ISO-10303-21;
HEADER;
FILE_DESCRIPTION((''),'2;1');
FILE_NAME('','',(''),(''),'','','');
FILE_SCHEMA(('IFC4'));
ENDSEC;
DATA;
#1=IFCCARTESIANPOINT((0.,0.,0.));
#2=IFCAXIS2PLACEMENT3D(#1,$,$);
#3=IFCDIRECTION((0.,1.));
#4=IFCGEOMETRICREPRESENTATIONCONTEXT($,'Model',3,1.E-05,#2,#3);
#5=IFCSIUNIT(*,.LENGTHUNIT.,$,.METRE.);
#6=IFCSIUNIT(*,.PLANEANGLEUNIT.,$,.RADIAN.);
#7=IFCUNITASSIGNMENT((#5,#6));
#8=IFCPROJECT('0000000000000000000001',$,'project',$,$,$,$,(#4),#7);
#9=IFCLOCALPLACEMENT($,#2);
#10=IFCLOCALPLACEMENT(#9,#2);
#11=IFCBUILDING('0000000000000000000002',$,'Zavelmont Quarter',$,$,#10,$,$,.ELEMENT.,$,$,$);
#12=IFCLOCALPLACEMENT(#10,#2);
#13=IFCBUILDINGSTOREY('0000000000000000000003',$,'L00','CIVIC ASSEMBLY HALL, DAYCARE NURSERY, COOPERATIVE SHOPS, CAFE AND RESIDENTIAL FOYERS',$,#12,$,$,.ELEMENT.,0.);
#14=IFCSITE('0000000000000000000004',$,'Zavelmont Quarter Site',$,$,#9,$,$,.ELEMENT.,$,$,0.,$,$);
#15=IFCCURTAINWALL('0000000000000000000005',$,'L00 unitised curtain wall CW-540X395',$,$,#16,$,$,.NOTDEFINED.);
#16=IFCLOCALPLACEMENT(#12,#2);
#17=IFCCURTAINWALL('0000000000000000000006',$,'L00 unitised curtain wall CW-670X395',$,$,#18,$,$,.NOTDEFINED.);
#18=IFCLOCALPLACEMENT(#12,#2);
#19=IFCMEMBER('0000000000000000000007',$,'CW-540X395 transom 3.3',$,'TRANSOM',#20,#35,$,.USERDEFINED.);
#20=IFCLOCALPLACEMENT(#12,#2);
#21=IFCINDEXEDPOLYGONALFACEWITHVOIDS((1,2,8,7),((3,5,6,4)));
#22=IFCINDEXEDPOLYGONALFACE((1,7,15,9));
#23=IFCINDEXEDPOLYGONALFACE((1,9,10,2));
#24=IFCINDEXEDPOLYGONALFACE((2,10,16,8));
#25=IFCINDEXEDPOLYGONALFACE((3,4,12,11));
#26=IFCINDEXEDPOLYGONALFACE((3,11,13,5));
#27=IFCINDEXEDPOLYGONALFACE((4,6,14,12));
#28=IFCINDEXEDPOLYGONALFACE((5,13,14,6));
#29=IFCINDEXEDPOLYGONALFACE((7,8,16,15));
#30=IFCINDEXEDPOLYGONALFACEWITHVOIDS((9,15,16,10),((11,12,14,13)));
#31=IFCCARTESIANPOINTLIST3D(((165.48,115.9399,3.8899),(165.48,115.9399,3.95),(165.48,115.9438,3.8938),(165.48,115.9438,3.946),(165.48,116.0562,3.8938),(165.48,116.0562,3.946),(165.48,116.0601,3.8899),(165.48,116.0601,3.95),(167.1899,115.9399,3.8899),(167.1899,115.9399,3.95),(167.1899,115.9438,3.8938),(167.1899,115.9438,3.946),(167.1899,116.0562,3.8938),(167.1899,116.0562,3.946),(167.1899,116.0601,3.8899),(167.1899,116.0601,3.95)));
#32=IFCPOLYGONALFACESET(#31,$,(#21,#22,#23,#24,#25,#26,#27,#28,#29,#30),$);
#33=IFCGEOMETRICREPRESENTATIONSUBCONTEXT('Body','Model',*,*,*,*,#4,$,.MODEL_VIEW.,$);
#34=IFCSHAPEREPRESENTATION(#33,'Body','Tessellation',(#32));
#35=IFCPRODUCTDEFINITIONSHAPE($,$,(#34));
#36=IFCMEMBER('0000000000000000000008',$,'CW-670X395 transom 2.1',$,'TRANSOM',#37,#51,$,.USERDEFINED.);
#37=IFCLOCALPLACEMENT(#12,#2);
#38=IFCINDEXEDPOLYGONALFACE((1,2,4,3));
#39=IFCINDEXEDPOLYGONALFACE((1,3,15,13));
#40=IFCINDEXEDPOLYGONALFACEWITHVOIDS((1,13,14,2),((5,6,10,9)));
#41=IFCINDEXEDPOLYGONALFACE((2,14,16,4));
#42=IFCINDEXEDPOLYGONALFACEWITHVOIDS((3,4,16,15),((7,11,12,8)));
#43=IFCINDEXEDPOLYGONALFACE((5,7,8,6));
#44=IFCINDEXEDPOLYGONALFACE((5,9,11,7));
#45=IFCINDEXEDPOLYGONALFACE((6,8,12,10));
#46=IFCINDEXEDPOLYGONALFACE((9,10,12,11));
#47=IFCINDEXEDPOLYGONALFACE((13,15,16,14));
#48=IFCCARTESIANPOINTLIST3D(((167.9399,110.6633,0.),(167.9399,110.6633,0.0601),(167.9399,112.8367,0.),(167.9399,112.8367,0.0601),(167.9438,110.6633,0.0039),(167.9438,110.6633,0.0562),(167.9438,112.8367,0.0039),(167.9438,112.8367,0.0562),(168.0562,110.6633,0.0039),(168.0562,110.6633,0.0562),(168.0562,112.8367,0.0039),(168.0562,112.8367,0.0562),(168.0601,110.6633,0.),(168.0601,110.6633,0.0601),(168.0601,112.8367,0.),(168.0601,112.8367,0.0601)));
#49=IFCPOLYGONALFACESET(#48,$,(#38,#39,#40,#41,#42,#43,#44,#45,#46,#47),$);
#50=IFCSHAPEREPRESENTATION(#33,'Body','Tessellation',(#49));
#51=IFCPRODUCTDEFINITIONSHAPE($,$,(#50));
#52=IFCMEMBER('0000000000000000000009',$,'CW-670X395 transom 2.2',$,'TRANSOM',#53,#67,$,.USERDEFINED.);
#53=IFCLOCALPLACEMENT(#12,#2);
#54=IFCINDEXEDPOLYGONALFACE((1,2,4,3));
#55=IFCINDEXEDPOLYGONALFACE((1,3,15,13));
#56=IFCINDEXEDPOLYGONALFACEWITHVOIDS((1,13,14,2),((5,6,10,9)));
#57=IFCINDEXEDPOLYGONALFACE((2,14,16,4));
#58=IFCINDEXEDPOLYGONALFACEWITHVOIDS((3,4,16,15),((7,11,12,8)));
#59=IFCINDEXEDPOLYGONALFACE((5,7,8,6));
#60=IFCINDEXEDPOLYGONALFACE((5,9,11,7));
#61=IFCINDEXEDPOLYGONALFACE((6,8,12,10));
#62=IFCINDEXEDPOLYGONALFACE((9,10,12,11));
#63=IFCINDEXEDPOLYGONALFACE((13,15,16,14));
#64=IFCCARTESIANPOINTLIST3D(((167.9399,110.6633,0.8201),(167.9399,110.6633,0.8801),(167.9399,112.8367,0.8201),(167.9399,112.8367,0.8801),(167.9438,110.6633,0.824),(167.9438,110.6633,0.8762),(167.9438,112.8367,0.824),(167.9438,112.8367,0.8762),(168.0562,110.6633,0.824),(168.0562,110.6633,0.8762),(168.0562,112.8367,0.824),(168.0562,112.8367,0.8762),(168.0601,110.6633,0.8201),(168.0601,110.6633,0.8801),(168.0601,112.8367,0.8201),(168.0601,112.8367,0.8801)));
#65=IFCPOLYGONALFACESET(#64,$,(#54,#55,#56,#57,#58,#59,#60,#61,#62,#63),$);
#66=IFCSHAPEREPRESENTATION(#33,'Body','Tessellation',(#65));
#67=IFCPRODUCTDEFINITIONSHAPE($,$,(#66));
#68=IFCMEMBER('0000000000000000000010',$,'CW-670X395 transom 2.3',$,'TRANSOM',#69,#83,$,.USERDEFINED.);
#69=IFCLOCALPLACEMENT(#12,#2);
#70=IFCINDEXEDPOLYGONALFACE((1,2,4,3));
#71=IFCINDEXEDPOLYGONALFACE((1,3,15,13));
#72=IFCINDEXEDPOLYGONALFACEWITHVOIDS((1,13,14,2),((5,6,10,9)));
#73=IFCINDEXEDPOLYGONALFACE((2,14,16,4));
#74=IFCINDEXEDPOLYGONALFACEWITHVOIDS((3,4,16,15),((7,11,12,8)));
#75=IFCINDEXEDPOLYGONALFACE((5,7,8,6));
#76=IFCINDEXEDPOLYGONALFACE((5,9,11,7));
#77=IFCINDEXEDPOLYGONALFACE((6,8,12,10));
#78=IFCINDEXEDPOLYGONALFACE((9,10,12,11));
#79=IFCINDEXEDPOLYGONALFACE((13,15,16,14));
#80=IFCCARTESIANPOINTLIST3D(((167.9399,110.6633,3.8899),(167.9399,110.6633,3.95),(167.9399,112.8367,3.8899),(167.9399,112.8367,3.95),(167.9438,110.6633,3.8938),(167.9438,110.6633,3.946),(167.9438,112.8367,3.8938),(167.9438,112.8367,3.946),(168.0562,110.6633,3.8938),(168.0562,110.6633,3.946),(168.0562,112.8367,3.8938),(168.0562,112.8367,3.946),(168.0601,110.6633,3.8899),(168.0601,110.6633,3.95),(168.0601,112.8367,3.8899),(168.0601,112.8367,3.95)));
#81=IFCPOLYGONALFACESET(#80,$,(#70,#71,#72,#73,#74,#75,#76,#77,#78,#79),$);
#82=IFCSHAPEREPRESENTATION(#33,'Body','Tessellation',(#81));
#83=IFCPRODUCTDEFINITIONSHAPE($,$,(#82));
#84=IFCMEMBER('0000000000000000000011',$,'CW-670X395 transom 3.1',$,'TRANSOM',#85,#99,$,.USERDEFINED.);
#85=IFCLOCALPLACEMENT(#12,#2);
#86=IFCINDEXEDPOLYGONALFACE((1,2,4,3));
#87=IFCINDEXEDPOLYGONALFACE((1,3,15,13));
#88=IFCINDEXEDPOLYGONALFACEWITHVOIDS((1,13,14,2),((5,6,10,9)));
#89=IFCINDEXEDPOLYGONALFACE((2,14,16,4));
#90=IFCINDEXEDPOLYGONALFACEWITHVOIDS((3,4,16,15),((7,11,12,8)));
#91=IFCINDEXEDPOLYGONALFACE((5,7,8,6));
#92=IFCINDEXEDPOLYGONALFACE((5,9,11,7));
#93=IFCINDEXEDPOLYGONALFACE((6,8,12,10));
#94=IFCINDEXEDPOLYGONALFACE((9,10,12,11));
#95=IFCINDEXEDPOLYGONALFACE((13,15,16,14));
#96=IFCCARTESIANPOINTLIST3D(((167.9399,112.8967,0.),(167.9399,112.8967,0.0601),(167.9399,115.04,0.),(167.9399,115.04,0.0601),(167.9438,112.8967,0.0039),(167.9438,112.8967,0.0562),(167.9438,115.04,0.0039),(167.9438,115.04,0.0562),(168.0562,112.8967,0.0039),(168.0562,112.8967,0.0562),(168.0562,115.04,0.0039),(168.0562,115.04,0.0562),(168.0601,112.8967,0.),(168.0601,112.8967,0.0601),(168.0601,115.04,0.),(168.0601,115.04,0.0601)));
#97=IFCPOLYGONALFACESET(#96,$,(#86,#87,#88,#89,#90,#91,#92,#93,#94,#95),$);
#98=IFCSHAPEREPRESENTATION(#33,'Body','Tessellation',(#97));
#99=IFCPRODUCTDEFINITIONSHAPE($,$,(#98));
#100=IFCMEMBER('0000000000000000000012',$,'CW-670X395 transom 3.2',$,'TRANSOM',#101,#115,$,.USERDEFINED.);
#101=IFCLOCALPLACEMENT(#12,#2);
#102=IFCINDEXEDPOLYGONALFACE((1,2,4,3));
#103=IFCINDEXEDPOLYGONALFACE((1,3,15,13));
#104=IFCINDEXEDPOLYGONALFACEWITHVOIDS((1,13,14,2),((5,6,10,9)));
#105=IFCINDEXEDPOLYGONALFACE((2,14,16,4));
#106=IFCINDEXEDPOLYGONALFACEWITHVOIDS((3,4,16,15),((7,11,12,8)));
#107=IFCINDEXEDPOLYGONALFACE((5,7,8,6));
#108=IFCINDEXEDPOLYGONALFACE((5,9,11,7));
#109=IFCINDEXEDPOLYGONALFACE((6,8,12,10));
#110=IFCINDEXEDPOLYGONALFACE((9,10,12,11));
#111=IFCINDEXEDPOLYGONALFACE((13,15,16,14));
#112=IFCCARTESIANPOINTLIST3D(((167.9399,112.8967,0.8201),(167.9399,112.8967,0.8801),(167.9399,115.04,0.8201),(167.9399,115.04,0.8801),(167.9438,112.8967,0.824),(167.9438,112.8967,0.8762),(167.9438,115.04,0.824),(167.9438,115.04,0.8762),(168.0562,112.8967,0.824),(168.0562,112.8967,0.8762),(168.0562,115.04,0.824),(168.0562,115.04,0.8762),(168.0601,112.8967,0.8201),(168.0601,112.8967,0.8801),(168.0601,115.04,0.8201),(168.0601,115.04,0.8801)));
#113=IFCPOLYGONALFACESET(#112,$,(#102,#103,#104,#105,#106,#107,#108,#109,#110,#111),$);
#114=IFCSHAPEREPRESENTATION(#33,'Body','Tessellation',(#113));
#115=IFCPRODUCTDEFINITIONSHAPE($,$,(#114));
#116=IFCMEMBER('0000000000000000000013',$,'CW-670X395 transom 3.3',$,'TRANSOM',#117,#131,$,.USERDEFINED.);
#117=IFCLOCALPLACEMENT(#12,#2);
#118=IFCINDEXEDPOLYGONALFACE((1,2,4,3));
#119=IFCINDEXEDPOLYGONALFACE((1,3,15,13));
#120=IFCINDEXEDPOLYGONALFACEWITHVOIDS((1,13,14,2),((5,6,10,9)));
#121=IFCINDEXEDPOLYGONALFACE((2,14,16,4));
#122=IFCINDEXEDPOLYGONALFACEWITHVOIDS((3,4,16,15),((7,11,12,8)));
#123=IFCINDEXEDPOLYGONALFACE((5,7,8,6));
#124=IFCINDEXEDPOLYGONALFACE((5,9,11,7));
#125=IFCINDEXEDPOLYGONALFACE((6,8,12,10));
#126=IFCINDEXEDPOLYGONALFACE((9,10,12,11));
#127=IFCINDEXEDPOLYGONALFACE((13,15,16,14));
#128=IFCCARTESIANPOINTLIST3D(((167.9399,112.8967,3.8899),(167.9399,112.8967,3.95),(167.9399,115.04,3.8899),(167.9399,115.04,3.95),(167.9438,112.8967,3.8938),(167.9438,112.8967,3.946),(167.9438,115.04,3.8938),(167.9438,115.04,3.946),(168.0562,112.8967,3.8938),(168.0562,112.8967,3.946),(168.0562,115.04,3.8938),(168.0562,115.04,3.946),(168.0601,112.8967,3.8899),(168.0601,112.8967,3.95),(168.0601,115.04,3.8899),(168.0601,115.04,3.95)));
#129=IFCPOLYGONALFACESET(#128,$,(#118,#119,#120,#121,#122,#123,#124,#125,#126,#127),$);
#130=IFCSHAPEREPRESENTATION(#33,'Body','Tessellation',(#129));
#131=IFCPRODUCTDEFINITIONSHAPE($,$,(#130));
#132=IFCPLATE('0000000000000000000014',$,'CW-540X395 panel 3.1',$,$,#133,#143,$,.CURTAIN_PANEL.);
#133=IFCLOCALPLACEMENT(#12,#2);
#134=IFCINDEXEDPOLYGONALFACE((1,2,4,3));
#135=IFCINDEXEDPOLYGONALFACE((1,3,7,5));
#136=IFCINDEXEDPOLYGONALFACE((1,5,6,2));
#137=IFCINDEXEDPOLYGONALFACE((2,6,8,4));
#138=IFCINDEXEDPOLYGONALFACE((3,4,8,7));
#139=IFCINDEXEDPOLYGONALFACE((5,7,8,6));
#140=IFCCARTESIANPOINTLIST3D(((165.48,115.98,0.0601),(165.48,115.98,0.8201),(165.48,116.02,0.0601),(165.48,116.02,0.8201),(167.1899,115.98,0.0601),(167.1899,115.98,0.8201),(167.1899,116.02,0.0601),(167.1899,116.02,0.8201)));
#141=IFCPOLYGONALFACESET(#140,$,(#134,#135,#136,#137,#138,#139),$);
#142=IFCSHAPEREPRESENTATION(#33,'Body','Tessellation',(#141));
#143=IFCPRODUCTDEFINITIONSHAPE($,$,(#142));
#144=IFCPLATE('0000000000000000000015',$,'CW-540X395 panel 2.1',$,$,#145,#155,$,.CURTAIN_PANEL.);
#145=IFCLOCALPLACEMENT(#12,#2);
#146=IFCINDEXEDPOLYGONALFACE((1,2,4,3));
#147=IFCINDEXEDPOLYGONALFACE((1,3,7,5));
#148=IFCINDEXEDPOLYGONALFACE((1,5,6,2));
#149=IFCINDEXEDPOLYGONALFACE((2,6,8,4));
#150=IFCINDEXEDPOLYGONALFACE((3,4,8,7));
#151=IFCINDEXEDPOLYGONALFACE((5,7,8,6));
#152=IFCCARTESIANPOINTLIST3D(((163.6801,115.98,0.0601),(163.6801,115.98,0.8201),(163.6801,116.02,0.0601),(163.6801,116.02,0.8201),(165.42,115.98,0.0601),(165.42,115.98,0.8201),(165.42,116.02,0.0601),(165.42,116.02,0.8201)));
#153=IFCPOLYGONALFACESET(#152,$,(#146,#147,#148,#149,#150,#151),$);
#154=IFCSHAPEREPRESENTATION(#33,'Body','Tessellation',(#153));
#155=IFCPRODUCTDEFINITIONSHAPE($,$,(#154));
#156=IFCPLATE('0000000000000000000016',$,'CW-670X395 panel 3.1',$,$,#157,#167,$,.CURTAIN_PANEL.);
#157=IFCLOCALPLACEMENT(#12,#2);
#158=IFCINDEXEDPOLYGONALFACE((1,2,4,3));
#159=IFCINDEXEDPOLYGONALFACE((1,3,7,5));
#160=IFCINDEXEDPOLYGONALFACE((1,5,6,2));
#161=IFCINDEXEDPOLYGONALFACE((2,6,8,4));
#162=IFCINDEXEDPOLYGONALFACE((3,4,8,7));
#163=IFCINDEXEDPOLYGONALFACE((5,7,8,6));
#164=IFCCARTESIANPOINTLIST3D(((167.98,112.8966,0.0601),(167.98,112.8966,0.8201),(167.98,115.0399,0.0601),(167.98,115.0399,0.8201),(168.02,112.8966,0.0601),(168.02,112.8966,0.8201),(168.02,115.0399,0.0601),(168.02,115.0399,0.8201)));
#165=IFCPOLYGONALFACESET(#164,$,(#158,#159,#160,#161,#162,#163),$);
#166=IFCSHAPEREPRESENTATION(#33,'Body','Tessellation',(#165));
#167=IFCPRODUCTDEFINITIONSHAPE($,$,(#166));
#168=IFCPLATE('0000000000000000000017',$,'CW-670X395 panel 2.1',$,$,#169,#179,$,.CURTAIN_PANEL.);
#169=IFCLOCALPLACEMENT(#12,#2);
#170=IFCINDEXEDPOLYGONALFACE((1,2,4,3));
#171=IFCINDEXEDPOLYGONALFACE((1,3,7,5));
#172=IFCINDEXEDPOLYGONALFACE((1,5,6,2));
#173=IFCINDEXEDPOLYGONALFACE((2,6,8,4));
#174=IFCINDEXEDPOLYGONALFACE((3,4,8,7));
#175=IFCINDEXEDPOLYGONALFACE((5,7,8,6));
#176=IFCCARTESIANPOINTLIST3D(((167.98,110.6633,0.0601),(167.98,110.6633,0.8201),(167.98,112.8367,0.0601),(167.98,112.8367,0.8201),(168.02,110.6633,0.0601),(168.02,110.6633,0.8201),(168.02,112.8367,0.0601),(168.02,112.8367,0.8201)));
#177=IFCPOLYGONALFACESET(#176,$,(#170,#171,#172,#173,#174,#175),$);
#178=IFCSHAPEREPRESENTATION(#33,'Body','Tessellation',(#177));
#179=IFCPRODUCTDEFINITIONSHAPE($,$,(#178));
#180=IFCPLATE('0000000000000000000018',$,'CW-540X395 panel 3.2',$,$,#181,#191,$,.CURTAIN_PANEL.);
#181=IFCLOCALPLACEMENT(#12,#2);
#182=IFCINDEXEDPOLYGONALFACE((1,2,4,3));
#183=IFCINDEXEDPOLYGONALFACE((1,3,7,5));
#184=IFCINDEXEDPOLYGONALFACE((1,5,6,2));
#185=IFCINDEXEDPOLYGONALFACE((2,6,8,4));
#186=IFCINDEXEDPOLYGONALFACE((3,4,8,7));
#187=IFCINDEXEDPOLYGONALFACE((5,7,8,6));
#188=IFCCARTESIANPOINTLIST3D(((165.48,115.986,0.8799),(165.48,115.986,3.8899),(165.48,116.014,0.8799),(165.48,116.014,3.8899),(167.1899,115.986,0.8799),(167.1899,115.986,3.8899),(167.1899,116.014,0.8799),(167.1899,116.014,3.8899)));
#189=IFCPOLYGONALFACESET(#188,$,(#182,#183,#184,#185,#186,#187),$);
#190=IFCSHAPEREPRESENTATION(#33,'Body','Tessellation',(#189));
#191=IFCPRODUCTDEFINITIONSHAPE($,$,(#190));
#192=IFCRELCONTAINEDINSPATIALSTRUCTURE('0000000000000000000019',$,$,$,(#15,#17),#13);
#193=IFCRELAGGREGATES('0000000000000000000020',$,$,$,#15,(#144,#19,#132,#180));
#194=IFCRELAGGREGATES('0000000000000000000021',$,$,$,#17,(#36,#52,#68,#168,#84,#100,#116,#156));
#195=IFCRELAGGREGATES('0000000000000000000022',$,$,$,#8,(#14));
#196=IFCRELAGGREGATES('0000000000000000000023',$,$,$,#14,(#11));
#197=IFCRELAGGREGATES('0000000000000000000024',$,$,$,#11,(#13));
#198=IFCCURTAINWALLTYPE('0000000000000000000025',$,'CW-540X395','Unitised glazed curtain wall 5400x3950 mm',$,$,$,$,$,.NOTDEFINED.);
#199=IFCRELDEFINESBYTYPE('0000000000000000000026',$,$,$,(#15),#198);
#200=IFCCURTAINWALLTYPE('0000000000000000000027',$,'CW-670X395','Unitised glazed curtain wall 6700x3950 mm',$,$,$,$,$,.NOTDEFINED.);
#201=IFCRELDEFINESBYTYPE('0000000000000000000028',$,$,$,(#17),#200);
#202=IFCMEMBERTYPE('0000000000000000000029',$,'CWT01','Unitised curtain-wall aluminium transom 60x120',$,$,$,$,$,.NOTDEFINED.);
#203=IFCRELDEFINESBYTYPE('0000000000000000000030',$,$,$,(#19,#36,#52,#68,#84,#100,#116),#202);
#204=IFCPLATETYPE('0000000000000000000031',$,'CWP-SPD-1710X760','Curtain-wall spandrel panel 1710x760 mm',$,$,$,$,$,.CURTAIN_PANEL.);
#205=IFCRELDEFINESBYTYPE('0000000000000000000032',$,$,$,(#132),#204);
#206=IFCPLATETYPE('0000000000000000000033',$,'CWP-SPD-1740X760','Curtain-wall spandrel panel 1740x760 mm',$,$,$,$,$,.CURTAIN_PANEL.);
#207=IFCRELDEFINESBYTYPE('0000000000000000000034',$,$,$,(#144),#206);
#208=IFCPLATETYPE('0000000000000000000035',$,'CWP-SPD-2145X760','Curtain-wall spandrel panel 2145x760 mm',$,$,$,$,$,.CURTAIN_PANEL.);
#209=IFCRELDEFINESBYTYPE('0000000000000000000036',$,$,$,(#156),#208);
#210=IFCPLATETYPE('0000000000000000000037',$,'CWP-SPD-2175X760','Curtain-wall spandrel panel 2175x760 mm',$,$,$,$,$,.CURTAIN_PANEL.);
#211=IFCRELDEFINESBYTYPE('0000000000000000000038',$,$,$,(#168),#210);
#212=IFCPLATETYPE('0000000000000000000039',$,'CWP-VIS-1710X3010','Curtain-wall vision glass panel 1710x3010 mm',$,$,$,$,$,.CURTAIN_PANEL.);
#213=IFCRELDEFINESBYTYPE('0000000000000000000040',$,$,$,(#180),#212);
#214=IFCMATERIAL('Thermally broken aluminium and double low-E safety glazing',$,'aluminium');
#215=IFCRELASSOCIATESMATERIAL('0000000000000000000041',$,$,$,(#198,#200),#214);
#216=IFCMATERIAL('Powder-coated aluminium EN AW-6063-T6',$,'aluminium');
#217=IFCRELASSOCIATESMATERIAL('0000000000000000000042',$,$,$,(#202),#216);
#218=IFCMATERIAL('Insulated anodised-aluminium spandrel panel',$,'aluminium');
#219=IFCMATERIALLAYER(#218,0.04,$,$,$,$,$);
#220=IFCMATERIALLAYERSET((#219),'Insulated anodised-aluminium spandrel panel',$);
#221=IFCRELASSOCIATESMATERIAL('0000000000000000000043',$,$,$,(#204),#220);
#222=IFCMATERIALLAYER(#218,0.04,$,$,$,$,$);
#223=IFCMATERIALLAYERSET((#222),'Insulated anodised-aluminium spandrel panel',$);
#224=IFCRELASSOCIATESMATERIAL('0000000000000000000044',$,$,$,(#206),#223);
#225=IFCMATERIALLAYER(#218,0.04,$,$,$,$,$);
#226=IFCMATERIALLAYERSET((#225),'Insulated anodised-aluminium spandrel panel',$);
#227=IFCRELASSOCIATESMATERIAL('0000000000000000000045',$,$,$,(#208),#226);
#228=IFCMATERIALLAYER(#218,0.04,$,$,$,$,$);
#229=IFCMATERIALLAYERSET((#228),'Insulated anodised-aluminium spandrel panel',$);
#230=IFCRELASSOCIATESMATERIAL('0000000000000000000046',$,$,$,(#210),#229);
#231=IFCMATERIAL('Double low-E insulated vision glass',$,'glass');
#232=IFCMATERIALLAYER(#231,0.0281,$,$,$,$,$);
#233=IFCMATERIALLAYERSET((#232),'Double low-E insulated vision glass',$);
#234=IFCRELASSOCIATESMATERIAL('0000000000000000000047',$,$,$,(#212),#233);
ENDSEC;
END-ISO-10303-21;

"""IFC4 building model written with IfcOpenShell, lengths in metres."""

from ifc_helpers import new_model, si_unit, direction, frame, origin, origin_2d, place, context, subcontext, project, spatial, rectangle, hollow_rectangle, extrude, material, layer, layer_set, material_profile, profile_set, type_object, element, aggregate, save


model = new_model("IFC4")

# Units and contexts
model_context = context("Model", 3, precision=1e-05, world=origin(), true_north=direction((0.0, 1.0)))
body_context = subcontext(model_context, "Body", "Model", "MODEL_VIEW")
ifc_project = project(units=[si_unit("LENGTHUNIT", "METRE"), si_unit("PLANEANGLEUNIT", "RADIAN")], contexts=[model_context])

# Site, building, storey
site_placement = place(None, origin())
site = spatial("IfcSite", under=ifc_project, at=site_placement, Name="Zavelmont Quarter Site", CompositionType="ELEMENT", RefElevation=0.0)
building_placement = place(site_placement, origin())
building = spatial("IfcBuilding", under=site, at=building_placement, Name="Zavelmont Quarter", CompositionType="ELEMENT")
storey_placement = place(building_placement, origin())
storey = spatial("IfcBuildingStorey", under=building, at=storey_placement, Name="L00", Description="CIVIC ASSEMBLY HALL, DAYCARE NURSERY, COOPERATIVE SHOPS, CAFE AND RESIDENTIAL FOYERS", CompositionType="ELEMENT", Elevation=0.0)

# Curtain walls
ifc_material_1 = material(Name="Thermally broken aluminium and double low-E safety glazing", Category="aluminium")
curtain_wall_type_1 = type_object("IfcCurtainWallType", Name="CW-540X395", Description="Unitised glazed curtain wall 5400x3950 mm", PredefinedType="NOTDEFINED", material=ifc_material_1)
curtain_wall_1_placement = place(storey_placement, origin())
curtain_wall_1 = element("IfcCurtainWall", 1, at=curtain_wall_1_placement, inside=storey, type_object=curtain_wall_type_1, Name="L00 unitised curtain wall CW-540X395", PredefinedType="NOTDEFINED")
ifc_material_2 = material(Name="Powder-coated aluminium EN AW-6063-T6", Category="aluminium")
curtain_wall_type_2 = type_object("IfcCurtainWallType", Name="CW-670X395", Description="Unitised glazed curtain wall 6700x3950 mm", PredefinedType="NOTDEFINED", material=ifc_material_1)
curtain_wall_2_placement = place(storey_placement, origin())
curtain_wall_2 = element("IfcCurtainWall", 2, at=curtain_wall_2_placement, inside=storey, type_object=curtain_wall_type_2, Name="L00 unitised curtain wall CW-670X395", PredefinedType="NOTDEFINED")

# Members
ifc_material_profile_1 = material_profile(ifc_material_2, hollow_rectangle(XDim=0.1201, YDim=0.0601, WallThickness=0.0039, at=origin_2d()), Name="CWT60X120")
ifc_profile_set_1 = profile_set([ifc_material_profile_1], Name="Powder-coated aluminium EN AW-6063-T6")
member_type_1 = type_object("IfcMemberType", Name="CWT01", Description="Unitised curtain-wall aluminium transom 60x120", PredefinedType="NOTDEFINED", material=ifc_profile_set_1)
member_1_placement = place(storey_placement, frame((165.48, 116.0, 3.9199), z_axis=(1.0, 0.0, 0.0), x_axis=(0.0, 1.0, 0.0)))
member_1 = element("IfcMember", 3, at=member_1_placement, type_object=member_type_1, Name="CW-540X395 transom 3.3", ObjectType="TRANSOM", PredefinedType="USERDEFINED", context=body_context, shape_type="SweptSolid", body=[
    extrude(hollow_rectangle(XDim=0.1201, YDim=0.0601, WallThickness=0.0039, at=origin_2d()), origin(), (0.0, 0.0, 1.0), 1.71),
])
member_2_placement = place(storey_placement, frame((168.0, 110.6633, 0.03), z_axis=(0.0, 1.0, 0.0), x_axis=(-1.0, 0.0, 0.0)))
member_2 = element("IfcMember", 4, at=member_2_placement, type_object=member_type_1, Name="CW-670X395 transom 2.1", ObjectType="TRANSOM", PredefinedType="USERDEFINED", context=body_context, shape_type="SweptSolid", body=[
    extrude(hollow_rectangle(XDim=0.1201, YDim=0.0601, WallThickness=0.0039, at=origin_2d()), origin(), (0.0, 0.0, 1.0), 2.1733),
])
member_3_placement = place(storey_placement, frame((168.0, 110.6633, 0.8501), z_axis=(0.0, 1.0, 0.0), x_axis=(-1.0, 0.0, 0.0)))
member_3 = element("IfcMember", 5, at=member_3_placement, type_object=member_type_1, Name="CW-670X395 transom 2.2", ObjectType="TRANSOM", PredefinedType="USERDEFINED", context=body_context, shape_type="SweptSolid", body=[
    extrude(hollow_rectangle(XDim=0.1201, YDim=0.0601, WallThickness=0.0039, at=origin_2d()), origin(), (0.0, 0.0, 1.0), 2.1733),
])
member_4_placement = place(storey_placement, frame((168.0, 110.6633, 3.9199), z_axis=(0.0, 1.0, 0.0), x_axis=(-1.0, 0.0, 0.0)))
member_4 = element("IfcMember", 6, at=member_4_placement, type_object=member_type_1, Name="CW-670X395 transom 2.3", ObjectType="TRANSOM", PredefinedType="USERDEFINED", context=body_context, shape_type="SweptSolid", body=[
    extrude(hollow_rectangle(XDim=0.1201, YDim=0.0601, WallThickness=0.0039, at=origin_2d()), origin(), (0.0, 0.0, 1.0), 2.1733),
])
member_5_placement = place(storey_placement, frame((168.0, 112.8967, 0.03), z_axis=(0.0, 1.0, 0.0), x_axis=(-1.0, 0.0, 0.0)))
member_5 = element("IfcMember", 7, at=member_5_placement, type_object=member_type_1, Name="CW-670X395 transom 3.1", ObjectType="TRANSOM", PredefinedType="USERDEFINED", context=body_context, shape_type="SweptSolid", body=[
    extrude(hollow_rectangle(XDim=0.1201, YDim=0.0601, WallThickness=0.0039, at=origin_2d()), origin(), (0.0, 0.0, 1.0), 2.1433),
])
member_6_placement = place(storey_placement, frame((168.0, 112.8967, 0.8501), z_axis=(0.0, 1.0, 0.0), x_axis=(-1.0, 0.0, 0.0)))
member_6 = element("IfcMember", 8, at=member_6_placement, type_object=member_type_1, Name="CW-670X395 transom 3.2", ObjectType="TRANSOM", PredefinedType="USERDEFINED", context=body_context, shape_type="SweptSolid", body=[
    extrude(hollow_rectangle(XDim=0.1201, YDim=0.0601, WallThickness=0.0039, at=origin_2d()), origin(), (0.0, 0.0, 1.0), 2.1433),
])
member_7_placement = place(storey_placement, frame((168.0, 112.8967, 3.9199), z_axis=(0.0, 1.0, 0.0), x_axis=(-1.0, 0.0, 0.0)))
member_7 = element("IfcMember", 9, at=member_7_placement, type_object=member_type_1, Name="CW-670X395 transom 3.3", ObjectType="TRANSOM", PredefinedType="USERDEFINED", context=body_context, shape_type="SweptSolid", body=[
    extrude(hollow_rectangle(XDim=0.1201, YDim=0.0601, WallThickness=0.0039, at=origin_2d()), origin(), (0.0, 0.0, 1.0), 2.1433),
])

# Plates
ifc_material_3 = material(Name="Insulated anodised-aluminium spandrel panel", Category="aluminium")
ifc_layer_1 = layer(ifc_material_3, 0.04)
ifc_layer_set_1 = layer_set([ifc_layer_1], Name="Insulated anodised-aluminium spandrel panel")
plate_type_1 = type_object("IfcPlateType", Name="CWP-SPD-1710X760", Description="Curtain-wall spandrel panel 1710x760 mm", PredefinedType="CURTAIN_PANEL", material=ifc_layer_set_1)
plate_1_placement = place(storey_placement, frame((166.335, 116.0, 0.0601), z_axis=(0.0, 0.0, 1.0), x_axis=(1.0, 0.0, 0.0)))
plate_1 = element("IfcPlate", 10, at=plate_1_placement, type_object=plate_type_1, Name="CW-540X395 panel 3.1", PredefinedType="CURTAIN_PANEL", context=body_context, shape_type="SweptSolid", body=[
    extrude(rectangle(XDim=1.71, YDim=0.04, at=origin_2d()), origin(), (0.0, 0.0, 1.0), 0.76),
])
ifc_layer_2 = layer(ifc_material_3, 0.04)
ifc_layer_set_2 = layer_set([ifc_layer_2], Name="Insulated anodised-aluminium spandrel panel")
plate_type_2 = type_object("IfcPlateType", Name="CWP-SPD-1740X760", Description="Curtain-wall spandrel panel 1740x760 mm", PredefinedType="CURTAIN_PANEL", material=ifc_layer_set_2)
plate_2_placement = place(storey_placement, frame((164.55, 116.0, 0.0601), z_axis=(0.0, 0.0, 1.0), x_axis=(1.0, 0.0, 0.0)))
plate_2 = element("IfcPlate", 11, at=plate_2_placement, type_object=plate_type_2, Name="CW-540X395 panel 2.1", PredefinedType="CURTAIN_PANEL", context=body_context, shape_type="SweptSolid", body=[
    extrude(rectangle(XDim=1.74, YDim=0.04, at=origin_2d()), origin(), (0.0, 0.0, 1.0), 0.76),
])
ifc_layer_3 = layer(ifc_material_3, 0.04)
ifc_layer_set_3 = layer_set([ifc_layer_3], Name="Insulated anodised-aluminium spandrel panel")
plate_type_3 = type_object("IfcPlateType", Name="CWP-SPD-2145X760", Description="Curtain-wall spandrel panel 2145x760 mm", PredefinedType="CURTAIN_PANEL", material=ifc_layer_set_3)
plate_3_placement = place(storey_placement, frame((168.0, 113.9683, 0.0601), z_axis=(0.0, 0.0, 1.0), x_axis=(0.0, 1.0, 0.0)))
plate_3 = element("IfcPlate", 12, at=plate_3_placement, type_object=plate_type_3, Name="CW-670X395 panel 3.1", PredefinedType="CURTAIN_PANEL", context=body_context, shape_type="SweptSolid", body=[
    extrude(rectangle(XDim=2.1433, YDim=0.04, at=origin_2d()), origin(), (0.0, 0.0, 1.0), 0.76),
])
ifc_layer_4 = layer(ifc_material_3, 0.04)
ifc_layer_set_4 = layer_set([ifc_layer_4], Name="Insulated anodised-aluminium spandrel panel")
plate_type_4 = type_object("IfcPlateType", Name="CWP-SPD-2175X760", Description="Curtain-wall spandrel panel 2175x760 mm", PredefinedType="CURTAIN_PANEL", material=ifc_layer_set_4)
plate_4_placement = place(storey_placement, frame((168.0, 111.75, 0.0601), z_axis=(0.0, 0.0, 1.0), x_axis=(0.0, 1.0, 0.0)))
plate_4 = element("IfcPlate", 13, at=plate_4_placement, type_object=plate_type_4, Name="CW-670X395 panel 2.1", PredefinedType="CURTAIN_PANEL", context=body_context, shape_type="SweptSolid", body=[
    extrude(rectangle(XDim=2.1733, YDim=0.04, at=origin_2d()), origin(), (0.0, 0.0, 1.0), 0.76),
])
ifc_material_4 = material(Name="Double low-E insulated vision glass", Category="glass")
ifc_layer_5 = layer(ifc_material_4, 0.0281)
ifc_layer_set_5 = layer_set([ifc_layer_5], Name="Double low-E insulated vision glass")
plate_type_5 = type_object("IfcPlateType", Name="CWP-VIS-1710X3010", Description="Curtain-wall vision glass panel 1710x3010 mm", PredefinedType="CURTAIN_PANEL", material=ifc_layer_set_5)
plate_5_placement = place(storey_placement, frame((166.335, 116.0, 0.8799), z_axis=(0.0, 0.0, 1.0), x_axis=(1.0, 0.0, 0.0)))
plate_5 = element("IfcPlate", 14, at=plate_5_placement, type_object=plate_type_5, Name="CW-540X395 panel 3.2", PredefinedType="CURTAIN_PANEL", context=body_context, shape_type="SweptSolid", body=[
    extrude(rectangle(XDim=1.71, YDim=0.0281, at=origin_2d()), origin(), (0.0, 0.0, 1.0), 3.01),
])
aggregate(curtain_wall_1, [plate_2, member_1, plate_1, plate_5])
aggregate(curtain_wall_2, [member_2, member_3, member_4, plate_4, member_5, member_6, member_7, plate_3])

save(model, "model.ifc")
